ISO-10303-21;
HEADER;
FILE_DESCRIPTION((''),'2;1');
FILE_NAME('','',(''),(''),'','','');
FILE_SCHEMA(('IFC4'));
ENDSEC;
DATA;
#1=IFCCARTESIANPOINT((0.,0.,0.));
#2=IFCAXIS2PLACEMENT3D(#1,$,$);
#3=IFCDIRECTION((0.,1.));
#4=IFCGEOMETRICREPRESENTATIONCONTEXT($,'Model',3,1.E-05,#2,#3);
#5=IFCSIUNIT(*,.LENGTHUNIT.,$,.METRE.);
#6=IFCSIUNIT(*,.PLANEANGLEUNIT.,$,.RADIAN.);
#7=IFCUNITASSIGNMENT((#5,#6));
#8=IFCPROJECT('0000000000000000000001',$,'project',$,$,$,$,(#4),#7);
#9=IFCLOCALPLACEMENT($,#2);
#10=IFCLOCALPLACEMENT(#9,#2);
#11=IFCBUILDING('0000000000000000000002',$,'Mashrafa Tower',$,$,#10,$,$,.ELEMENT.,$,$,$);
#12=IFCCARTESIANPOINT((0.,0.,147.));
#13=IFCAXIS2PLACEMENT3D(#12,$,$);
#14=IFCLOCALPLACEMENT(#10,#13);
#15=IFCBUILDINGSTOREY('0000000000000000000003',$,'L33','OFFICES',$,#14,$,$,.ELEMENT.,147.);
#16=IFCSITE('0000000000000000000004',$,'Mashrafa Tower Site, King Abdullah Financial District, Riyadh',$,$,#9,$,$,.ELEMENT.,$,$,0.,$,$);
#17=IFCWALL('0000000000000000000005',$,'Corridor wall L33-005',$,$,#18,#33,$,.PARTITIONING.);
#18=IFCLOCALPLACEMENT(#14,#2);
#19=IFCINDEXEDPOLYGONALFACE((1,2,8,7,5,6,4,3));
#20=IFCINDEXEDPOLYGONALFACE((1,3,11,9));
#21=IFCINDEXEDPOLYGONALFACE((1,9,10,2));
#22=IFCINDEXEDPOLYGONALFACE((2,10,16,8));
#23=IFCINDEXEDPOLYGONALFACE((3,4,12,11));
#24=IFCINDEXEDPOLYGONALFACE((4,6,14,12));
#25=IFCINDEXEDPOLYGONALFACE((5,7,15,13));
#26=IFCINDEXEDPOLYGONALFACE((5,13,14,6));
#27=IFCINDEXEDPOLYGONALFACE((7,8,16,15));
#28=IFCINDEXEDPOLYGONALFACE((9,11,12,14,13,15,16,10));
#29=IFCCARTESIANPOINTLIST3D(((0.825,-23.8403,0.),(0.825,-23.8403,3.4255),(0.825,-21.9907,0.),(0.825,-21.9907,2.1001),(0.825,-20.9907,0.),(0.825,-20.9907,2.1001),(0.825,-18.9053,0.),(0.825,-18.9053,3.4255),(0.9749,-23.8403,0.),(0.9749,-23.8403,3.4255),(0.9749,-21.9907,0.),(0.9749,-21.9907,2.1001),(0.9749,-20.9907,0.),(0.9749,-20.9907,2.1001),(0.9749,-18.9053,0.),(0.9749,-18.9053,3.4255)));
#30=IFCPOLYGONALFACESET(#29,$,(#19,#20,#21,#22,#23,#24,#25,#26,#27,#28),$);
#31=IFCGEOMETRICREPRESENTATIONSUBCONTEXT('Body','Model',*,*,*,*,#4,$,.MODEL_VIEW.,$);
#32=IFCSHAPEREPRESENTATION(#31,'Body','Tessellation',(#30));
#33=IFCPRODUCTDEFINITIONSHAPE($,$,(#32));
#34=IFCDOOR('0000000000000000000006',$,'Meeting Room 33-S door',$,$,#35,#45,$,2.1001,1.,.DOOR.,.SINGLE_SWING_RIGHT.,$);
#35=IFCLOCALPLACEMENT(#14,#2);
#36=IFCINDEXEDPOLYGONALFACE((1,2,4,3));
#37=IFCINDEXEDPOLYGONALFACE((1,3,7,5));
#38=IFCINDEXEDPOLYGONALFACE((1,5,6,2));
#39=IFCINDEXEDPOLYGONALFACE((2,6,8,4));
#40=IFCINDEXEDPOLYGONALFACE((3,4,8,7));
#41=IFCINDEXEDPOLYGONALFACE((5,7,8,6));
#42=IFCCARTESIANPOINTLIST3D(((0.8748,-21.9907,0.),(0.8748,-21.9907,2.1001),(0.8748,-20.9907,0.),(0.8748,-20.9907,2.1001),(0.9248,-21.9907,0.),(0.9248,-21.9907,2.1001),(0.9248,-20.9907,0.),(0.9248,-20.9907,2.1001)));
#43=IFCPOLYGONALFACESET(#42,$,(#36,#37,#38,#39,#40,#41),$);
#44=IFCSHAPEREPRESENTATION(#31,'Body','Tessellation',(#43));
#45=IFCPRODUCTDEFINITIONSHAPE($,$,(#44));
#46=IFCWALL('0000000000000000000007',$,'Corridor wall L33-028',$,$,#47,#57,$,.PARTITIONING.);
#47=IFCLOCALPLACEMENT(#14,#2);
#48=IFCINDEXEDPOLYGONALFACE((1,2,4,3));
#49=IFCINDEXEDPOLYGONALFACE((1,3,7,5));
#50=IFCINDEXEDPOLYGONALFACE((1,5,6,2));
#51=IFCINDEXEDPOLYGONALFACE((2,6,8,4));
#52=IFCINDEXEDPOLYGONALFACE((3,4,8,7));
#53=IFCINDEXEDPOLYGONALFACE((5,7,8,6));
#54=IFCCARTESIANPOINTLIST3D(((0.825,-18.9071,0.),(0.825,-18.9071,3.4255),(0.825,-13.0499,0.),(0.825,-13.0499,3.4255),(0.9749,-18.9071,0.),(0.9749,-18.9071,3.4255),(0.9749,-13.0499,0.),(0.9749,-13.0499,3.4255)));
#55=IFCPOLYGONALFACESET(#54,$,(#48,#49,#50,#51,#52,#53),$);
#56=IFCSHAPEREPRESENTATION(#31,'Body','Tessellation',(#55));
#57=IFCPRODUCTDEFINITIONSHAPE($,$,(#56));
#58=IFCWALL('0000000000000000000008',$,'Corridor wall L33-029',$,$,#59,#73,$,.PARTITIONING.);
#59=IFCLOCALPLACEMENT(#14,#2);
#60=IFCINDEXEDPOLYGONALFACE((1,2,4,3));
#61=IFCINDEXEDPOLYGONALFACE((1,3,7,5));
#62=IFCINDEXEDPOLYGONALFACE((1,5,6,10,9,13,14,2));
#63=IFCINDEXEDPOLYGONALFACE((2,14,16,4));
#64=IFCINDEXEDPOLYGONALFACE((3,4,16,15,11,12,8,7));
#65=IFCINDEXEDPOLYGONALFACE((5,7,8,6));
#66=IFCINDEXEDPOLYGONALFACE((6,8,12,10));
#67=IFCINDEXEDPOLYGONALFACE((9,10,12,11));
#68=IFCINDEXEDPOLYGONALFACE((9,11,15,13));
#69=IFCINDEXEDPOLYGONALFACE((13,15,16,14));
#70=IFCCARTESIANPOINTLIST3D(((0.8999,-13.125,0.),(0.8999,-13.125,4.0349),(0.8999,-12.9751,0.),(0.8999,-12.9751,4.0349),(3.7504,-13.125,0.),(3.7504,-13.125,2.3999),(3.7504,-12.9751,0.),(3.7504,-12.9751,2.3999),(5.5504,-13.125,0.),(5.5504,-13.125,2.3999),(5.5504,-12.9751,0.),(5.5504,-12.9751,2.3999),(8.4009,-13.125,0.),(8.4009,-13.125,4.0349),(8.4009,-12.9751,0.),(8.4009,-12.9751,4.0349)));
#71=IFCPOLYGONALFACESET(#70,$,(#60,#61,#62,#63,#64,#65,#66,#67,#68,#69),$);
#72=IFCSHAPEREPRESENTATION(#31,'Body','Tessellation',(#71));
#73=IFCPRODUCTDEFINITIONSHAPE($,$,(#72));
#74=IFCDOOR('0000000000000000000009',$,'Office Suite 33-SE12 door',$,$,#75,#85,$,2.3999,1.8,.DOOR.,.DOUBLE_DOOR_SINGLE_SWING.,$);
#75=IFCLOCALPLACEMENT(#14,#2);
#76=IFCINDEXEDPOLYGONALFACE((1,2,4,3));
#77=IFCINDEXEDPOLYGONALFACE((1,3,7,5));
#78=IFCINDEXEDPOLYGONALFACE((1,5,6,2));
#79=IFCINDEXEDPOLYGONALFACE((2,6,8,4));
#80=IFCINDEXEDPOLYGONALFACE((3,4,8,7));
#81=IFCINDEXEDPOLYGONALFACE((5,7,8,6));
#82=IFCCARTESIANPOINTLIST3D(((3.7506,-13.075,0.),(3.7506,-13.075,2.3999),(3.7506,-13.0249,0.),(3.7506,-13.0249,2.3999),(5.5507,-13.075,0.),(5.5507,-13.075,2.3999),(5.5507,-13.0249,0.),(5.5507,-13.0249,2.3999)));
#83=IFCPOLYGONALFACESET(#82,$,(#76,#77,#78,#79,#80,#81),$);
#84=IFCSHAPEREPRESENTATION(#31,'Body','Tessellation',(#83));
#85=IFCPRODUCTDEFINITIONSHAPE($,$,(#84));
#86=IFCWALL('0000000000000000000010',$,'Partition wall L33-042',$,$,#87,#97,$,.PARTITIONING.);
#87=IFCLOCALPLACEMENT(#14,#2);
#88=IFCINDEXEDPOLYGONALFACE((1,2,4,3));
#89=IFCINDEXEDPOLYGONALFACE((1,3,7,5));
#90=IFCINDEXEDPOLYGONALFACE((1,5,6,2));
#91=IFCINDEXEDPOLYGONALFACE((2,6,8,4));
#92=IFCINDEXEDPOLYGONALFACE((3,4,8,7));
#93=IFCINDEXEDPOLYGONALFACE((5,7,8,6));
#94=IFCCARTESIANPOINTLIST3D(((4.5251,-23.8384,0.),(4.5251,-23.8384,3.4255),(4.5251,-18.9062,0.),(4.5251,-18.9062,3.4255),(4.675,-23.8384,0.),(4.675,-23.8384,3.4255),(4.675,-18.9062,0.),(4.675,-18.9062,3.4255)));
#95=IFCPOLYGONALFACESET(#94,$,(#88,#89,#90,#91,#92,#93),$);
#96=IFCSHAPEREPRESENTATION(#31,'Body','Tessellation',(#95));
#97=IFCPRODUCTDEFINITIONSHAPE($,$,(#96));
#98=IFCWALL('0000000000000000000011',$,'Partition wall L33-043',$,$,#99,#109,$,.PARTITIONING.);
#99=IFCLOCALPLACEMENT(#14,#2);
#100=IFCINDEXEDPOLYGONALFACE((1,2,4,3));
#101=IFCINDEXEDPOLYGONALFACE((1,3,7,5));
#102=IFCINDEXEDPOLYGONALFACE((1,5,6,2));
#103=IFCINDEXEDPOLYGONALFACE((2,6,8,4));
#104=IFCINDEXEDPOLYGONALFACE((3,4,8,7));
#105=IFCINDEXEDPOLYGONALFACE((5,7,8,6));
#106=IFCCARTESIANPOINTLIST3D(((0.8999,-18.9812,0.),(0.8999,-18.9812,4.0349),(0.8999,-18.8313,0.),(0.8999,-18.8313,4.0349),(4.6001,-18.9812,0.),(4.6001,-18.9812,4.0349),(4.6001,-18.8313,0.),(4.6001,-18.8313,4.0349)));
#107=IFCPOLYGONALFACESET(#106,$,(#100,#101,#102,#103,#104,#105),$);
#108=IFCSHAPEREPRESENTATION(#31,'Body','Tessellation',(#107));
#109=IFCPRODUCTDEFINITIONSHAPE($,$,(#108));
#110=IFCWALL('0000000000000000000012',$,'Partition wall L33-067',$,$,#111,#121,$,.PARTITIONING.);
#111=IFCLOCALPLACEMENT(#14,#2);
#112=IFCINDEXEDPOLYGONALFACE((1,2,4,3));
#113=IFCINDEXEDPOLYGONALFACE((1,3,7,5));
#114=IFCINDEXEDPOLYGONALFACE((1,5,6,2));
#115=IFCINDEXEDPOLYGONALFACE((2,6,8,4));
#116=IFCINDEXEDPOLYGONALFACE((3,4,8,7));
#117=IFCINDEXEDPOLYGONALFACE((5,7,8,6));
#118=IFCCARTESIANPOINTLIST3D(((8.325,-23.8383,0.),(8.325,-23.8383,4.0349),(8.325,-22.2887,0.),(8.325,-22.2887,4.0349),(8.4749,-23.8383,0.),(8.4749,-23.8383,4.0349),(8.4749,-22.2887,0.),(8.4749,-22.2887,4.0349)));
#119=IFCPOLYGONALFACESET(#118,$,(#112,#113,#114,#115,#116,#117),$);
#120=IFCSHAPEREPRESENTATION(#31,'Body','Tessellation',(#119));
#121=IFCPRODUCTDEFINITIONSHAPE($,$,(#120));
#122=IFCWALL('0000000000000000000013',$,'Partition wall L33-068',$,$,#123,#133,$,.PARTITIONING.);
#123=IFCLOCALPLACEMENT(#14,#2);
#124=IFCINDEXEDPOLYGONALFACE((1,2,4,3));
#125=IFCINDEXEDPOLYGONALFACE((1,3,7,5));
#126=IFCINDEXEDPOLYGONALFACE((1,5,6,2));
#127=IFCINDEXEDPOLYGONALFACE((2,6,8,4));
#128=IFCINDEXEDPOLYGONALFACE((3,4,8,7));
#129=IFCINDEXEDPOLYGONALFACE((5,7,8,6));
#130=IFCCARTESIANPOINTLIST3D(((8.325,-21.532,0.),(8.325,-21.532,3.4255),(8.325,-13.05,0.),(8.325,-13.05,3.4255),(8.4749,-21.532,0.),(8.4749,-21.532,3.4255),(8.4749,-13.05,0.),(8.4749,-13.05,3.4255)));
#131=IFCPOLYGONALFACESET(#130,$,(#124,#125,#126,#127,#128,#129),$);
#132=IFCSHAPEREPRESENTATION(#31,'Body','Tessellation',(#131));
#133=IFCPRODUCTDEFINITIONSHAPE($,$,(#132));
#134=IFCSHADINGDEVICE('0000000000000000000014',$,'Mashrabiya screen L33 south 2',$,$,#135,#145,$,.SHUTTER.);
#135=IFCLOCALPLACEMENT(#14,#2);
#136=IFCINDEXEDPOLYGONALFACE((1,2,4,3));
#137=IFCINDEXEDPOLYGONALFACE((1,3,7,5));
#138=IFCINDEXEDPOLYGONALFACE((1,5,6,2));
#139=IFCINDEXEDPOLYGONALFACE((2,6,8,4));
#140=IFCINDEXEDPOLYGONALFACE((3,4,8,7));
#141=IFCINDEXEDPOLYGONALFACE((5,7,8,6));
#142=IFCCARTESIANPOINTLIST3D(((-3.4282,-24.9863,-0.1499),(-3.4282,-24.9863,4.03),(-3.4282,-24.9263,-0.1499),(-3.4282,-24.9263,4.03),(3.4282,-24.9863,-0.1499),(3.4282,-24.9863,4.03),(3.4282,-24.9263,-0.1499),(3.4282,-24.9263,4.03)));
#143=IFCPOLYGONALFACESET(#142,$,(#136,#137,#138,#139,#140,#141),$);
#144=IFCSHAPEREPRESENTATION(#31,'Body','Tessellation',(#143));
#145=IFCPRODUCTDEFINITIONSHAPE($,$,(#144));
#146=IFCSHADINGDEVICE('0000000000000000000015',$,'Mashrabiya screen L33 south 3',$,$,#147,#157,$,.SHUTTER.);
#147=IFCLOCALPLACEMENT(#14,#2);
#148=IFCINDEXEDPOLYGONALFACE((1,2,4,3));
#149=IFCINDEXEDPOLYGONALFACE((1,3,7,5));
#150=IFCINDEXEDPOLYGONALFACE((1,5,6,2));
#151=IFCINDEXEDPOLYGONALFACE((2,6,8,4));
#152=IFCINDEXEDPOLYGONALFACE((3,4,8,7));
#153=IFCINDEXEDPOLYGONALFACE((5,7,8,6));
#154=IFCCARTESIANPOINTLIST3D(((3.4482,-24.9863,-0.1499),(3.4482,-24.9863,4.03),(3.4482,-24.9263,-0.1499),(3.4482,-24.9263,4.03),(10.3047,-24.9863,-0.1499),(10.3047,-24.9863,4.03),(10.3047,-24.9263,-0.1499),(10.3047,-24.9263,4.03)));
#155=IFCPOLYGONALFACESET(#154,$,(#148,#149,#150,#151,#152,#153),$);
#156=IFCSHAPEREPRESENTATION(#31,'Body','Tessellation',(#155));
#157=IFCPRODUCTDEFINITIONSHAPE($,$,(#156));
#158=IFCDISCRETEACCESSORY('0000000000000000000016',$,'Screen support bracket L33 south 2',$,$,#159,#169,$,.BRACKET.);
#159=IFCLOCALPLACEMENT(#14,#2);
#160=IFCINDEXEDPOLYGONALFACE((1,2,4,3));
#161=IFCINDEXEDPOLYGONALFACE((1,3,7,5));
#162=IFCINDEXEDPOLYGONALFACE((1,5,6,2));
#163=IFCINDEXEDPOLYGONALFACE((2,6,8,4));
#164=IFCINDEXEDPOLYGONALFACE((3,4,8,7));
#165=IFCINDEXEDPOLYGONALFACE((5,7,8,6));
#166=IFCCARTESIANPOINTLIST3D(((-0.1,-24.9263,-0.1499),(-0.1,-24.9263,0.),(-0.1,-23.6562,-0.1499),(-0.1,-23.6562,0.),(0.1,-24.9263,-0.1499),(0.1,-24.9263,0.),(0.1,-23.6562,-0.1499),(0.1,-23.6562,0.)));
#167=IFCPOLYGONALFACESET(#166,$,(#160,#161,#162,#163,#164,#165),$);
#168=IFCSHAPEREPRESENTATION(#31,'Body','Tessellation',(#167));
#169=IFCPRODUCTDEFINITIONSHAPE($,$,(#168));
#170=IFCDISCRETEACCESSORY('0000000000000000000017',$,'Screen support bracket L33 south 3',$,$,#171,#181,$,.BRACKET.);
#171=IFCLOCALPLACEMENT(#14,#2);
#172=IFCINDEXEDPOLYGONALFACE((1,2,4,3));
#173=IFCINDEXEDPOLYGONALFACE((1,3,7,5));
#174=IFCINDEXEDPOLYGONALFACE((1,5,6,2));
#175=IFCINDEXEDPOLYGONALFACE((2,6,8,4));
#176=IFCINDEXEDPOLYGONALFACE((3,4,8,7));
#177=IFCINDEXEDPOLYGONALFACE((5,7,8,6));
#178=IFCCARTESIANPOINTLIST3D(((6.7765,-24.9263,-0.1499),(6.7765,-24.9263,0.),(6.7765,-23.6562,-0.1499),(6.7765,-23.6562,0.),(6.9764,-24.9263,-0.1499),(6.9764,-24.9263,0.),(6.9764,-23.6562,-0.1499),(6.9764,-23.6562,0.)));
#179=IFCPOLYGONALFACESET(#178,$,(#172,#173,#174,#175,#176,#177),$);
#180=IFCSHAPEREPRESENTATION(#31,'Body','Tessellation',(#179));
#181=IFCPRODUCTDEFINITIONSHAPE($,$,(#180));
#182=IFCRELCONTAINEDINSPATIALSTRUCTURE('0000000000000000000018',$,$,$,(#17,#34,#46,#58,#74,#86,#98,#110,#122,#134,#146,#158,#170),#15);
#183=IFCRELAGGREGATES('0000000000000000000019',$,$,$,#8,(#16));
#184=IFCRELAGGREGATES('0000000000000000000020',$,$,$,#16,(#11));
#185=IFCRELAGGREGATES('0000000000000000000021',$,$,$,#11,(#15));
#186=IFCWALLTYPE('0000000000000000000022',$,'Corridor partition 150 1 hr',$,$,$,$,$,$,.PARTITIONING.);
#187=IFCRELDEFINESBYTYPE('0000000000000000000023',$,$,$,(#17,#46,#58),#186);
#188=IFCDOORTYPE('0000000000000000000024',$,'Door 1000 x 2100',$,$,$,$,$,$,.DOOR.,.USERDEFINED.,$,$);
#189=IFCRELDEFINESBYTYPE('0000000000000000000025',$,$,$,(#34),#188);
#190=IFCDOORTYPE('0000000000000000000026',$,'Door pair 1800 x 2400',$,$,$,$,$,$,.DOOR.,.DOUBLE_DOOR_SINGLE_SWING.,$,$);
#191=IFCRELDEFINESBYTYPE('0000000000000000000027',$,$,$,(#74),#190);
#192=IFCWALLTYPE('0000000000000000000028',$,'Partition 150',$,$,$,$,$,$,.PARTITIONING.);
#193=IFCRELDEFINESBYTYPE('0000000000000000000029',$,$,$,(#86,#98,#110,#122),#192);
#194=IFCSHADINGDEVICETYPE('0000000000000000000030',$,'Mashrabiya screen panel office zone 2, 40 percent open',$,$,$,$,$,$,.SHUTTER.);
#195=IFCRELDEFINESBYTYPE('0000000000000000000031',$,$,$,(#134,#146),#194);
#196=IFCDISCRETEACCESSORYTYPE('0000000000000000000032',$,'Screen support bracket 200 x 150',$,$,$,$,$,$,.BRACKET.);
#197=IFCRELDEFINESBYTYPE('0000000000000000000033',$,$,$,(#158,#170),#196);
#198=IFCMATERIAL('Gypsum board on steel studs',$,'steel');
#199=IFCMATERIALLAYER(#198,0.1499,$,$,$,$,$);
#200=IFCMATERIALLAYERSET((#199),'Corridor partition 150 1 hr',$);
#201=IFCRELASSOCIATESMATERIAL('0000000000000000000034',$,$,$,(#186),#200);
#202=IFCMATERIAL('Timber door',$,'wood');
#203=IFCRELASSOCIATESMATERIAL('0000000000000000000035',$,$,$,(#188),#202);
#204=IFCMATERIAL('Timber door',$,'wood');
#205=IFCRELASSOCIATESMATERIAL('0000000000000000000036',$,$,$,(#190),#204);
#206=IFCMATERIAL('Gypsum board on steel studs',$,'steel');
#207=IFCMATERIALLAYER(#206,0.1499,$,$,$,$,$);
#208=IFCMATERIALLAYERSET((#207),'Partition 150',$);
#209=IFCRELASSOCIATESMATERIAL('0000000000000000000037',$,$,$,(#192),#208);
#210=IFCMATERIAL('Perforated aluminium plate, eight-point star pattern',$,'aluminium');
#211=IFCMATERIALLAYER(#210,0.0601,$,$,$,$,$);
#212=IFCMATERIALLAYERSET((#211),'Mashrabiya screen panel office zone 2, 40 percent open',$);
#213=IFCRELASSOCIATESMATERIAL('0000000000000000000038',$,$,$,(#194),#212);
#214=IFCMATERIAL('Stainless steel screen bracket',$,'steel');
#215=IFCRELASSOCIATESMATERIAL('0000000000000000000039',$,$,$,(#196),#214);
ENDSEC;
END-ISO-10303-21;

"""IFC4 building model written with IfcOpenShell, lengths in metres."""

from ifc_helpers import new_model, si_unit, direction, frame, frame_2d, origin, origin_2d, place, context, subcontext, project, spatial, rectangle, extrude, source, transform, mapped, material, layer, layer_set, type_object, type_shapes, element, fill, save


model = new_model("IFC4")

# Units and contexts
model_context = context("Model", 3, precision=1e-05, world=origin(), true_north=direction((0.0, 1.0)))
body_context = subcontext(model_context, "Body", "Model", "MODEL_VIEW")
ifc_project = project(units=[si_unit("LENGTHUNIT", "METRE"), si_unit("PLANEANGLEUNIT", "RADIAN")], contexts=[model_context])

# Site, building, storey
site_placement = place(None, origin())
site = spatial("IfcSite", under=ifc_project, at=site_placement, Name="Mashrafa Tower Site, King Abdullah Financial District, Riyadh", CompositionType="ELEMENT", RefElevation=0.0)
building_placement = place(site_placement, origin())
building = spatial("IfcBuilding", under=site, at=building_placement, Name="Mashrafa Tower", CompositionType="ELEMENT")
storey_placement = place(building_placement, frame((0.0, 0.0, 147.0)))
storey = spatial("IfcBuildingStorey", under=building, at=storey_placement, Name="L33", Description="OFFICES", CompositionType="ELEMENT", Elevation=147.0)

# Wall, opening, door
ifc_material_1 = material(Name="Gypsum board on steel studs", Category="steel")
ifc_layer_1 = layer(ifc_material_1, 0.1499)
ifc_layer_set_1 = layer_set([ifc_layer_1], Name="Corridor partition 150 1 hr")
wall_type_1 = type_object("IfcWallType", Name="Corridor partition 150 1 hr", PredefinedType="PARTITIONING", material=ifc_layer_set_1)
wall_1_placement = place(storey_placement, frame((0.8999, -23.8403, 0.0), z_axis=(0.0, 0.0, 1.0), x_axis=(0.0, 1.0, 0.0)))
wall_1 = element("IfcWall", 1, at=wall_1_placement, inside=storey, type_object=wall_type_1, Name="Corridor wall L33-005", PredefinedType="PARTITIONING", context=body_context, shape_type="SweptSolid", body=[
    extrude(rectangle(XDim=4.9351, YDim=0.1499, at=frame_2d((2.4675, 0.0))), origin(), (0.0, 0.0, 1.0), 3.4255),
])
opening_1_placement = place(wall_1_placement, frame((1.8496, 0.0, 0.0)))
opening_1 = element("IfcOpeningElement", 2, at=opening_1_placement, cuts=wall_1, PredefinedType="OPENING", context=body_context, shape_type="SweptSolid", body=[
    extrude(rectangle(XDim=1.0, YDim=2.1001, at=frame_2d((0.5, 1.05))), frame((0.0, 0.085, 0.0), z_axis=(0.0, -1.0, 0.0), x_axis=(1.0, 0.0, 0.0)), (0.0, 0.0, 1.0), 0.1699),
])
ifc_material_2 = material(Name="Timber door", Category="wood")
door_type_1 = type_object("IfcDoorType", Name="Door 1000 x 2100", OperationType="USERDEFINED", PredefinedType="DOOR", material=ifc_material_2)
door_1_placement = place(opening_1_placement, frame((1.0, 0.0, 0.0), z_axis=(0.0, 0.0, 1.0), x_axis=(-1.0, 0.0, 0.0)))
door_1 = element("IfcDoor", 3, at=door_1_placement, inside=storey, type_object=door_type_1, Name="Meeting Room 33-S door", OperationType="SINGLE_SWING_RIGHT", OverallHeight=2.1001, OverallWidth=1.0, PredefinedType="DOOR", context=body_context, shape_type="SweptSolid", body=[
    extrude(rectangle(XDim=1.0, YDim=2.1001, at=frame_2d((0.5, 1.05))), frame((0.0, 0.0249, 0.0), z_axis=(0.0, -1.0, 0.0), x_axis=(1.0, 0.0, 0.0)), (0.0, 0.0, 1.0), 0.05),
])
fill(opening_1, door_1)

# Wall
wall_2_placement = place(storey_placement, frame((0.8999, -18.9072, 0.0), z_axis=(0.0, 0.0, 1.0), x_axis=(0.0, 1.0, 0.0)))
element("IfcWall", 4, at=wall_2_placement, inside=storey, type_object=wall_type_1, Name="Corridor wall L33-028", PredefinedType="PARTITIONING", context=body_context, shape_type="SweptSolid", body=[
    extrude(rectangle(XDim=5.8572, YDim=0.1499, at=frame_2d((2.9287, 0.0))), origin(), (0.0, 0.0, 1.0), 3.4255),
])

# Wall, opening, door
wall_3_placement = place(storey_placement, frame((0.8999, -13.05, 0.0), z_axis=(0.0, 0.0, 1.0), x_axis=(1.0, 0.0, 0.0)))
wall_3 = element("IfcWall", 5, at=wall_3_placement, inside=storey, type_object=wall_type_1, Name="Corridor wall L33-029", PredefinedType="PARTITIONING", context=body_context, shape_type="SweptSolid", body=[
    extrude(rectangle(XDim=7.501, YDim=0.1499, at=frame_2d((3.7505, 0.0))), origin(), (0.0, 0.0, 1.0), 4.0349),
])
opening_2_placement = place(wall_3_placement, frame((2.8506, 0.0, 0.0)))
opening_2 = element("IfcOpeningElement", 6, at=opening_2_placement, cuts=wall_3, PredefinedType="OPENING", context=body_context, shape_type="SweptSolid", body=[
    extrude(rectangle(XDim=1.8, YDim=2.3999, at=frame_2d((0.8999, 1.2))), frame((0.0, 0.085, 0.0), z_axis=(0.0, -1.0, 0.0), x_axis=(1.0, 0.0, 0.0)), (0.0, 0.0, 1.0), 0.1699),
])
ifc_material_3 = material(Name="Timber door", Category="wood")
door_type_2 = type_object("IfcDoorType", Name="Door pair 1800 x 2400", OperationType="DOUBLE_DOOR_SINGLE_SWING", PredefinedType="DOOR", material=ifc_material_3)
door_2_placement = place(opening_2_placement, frame((1.8, 0.0, 0.0), z_axis=(0.0, 0.0, 1.0), x_axis=(-1.0, 0.0, 0.0)))
door_2 = element("IfcDoor", 7, at=door_2_placement, inside=storey, type_object=door_type_2, Name="Office Suite 33-SE12 door", OperationType="DOUBLE_DOOR_SINGLE_SWING", OverallHeight=2.3999, OverallWidth=1.8, PredefinedType="DOOR", context=body_context, shape_type="SweptSolid", body=[
    extrude(rectangle(XDim=1.8, YDim=2.3999, at=frame_2d((0.8999, 1.2))), frame((0.0, 0.0249, 0.0), z_axis=(0.0, -1.0, 0.0), x_axis=(1.0, 0.0, 0.0)), (0.0, 0.0, 1.0), 0.05),
])
fill(opening_2, door_2)

# Walls
ifc_material_4 = material(Name="Gypsum board on steel studs", Category="steel")
ifc_layer_2 = layer(ifc_material_4, 0.1499)
ifc_layer_set_2 = layer_set([ifc_layer_2], Name="Partition 150")
wall_type_2 = type_object("IfcWallType", Name="Partition 150", PredefinedType="PARTITIONING", material=ifc_layer_set_2)
wall_4_placement = place(storey_placement, frame((4.6001, -23.8384, 0.0), z_axis=(0.0, 0.0, 1.0), x_axis=(0.0, 1.0, 0.0)))
element("IfcWall", 8, at=wall_4_placement, inside=storey, type_object=wall_type_2, Name="Partition wall L33-042", PredefinedType="PARTITIONING", context=body_context, shape_type="SweptSolid", body=[
    extrude(rectangle(XDim=4.9321, YDim=0.1499, at=frame_2d((2.4661, 0.0))), origin(), (0.0, 0.0, 1.0), 3.4255),
])
wall_5_placement = place(storey_placement, frame((4.6001, -18.9062, 0.0), z_axis=(0.0, 0.0, 1.0), x_axis=(-1.0, 0.0, 0.0)))
element("IfcWall", 9, at=wall_5_placement, inside=storey, type_object=wall_type_2, Name="Partition wall L33-043", PredefinedType="PARTITIONING", context=body_context, shape_type="SweptSolid", body=[
    extrude(rectangle(XDim=3.7002, YDim=0.1499, at=frame_2d((1.8501, 0.0))), origin(), (0.0, 0.0, 1.0), 4.0349),
])
wall_6_placement = place(storey_placement, frame((8.3999, -23.8384, 0.0), z_axis=(0.0, 0.0, 1.0), x_axis=(0.0, 1.0, 0.0)))
element("IfcWall", 10, at=wall_6_placement, inside=storey, type_object=wall_type_2, Name="Partition wall L33-067", PredefinedType="PARTITIONING", context=body_context, shape_type="SweptSolid", body=[
    extrude(rectangle(XDim=1.5496, YDim=0.1499, at=frame_2d((0.7749, 0.0))), origin(), (0.0, 0.0, 1.0), 4.0349),
])
wall_7_placement = place(storey_placement, frame((8.3999, -21.532, 0.0), z_axis=(0.0, 0.0, 1.0), x_axis=(0.0, 1.0, 0.0)))
element("IfcWall", 11, at=wall_7_placement, inside=storey, type_object=wall_type_2, Name="Partition wall L33-068", PredefinedType="PARTITIONING", context=body_context, shape_type="SweptSolid", body=[
    extrude(rectangle(XDim=8.4819, YDim=0.1499, at=frame_2d((4.241, 0.0))), origin(), (0.0, 0.0, 1.0), 3.4255),
])

# Shading devices
ifc_material_5 = material(Name="Perforated aluminium plate, eight-point star pattern", Category="aluminium")
ifc_layer_3 = layer(ifc_material_5, 0.0601)
ifc_layer_set_3 = layer_set([ifc_layer_3], Name="Mashrabiya screen panel office zone 2, 40 percent open")
shading_device_type = type_object("IfcShadingDeviceType", Name="Mashrabiya screen panel office zone 2, 40 percent open", PredefinedType="SHUTTER", material=ifc_layer_set_3)
shared_shape_1 = source(origin(), body_context, "Body", "SweptSolid", [
    extrude(rectangle(XDim=6.8564, YDim=0.0601, at=origin_2d()), origin(), (0.0, 0.0, 1.0), 4.1799),
])
type_shapes(shading_device_type, [shared_shape_1])
for number, where, z_axis, x_axis, name in (
    (12, (0.0, -24.9563, -0.1499), (0.0, 0.0, 1.0), (1.0, 0.0, 0.0), "Mashrabiya screen L33 south 2"),
    (13, (6.8765, -24.9563, -0.1499), (0.0, 0.0, 1.0), (1.0, 0.0, 0.0), "Mashrabiya screen L33 south 3"),
):
    element("IfcShadingDevice", number, at=place(storey_placement, frame(where, z_axis=z_axis, x_axis=x_axis)), inside=storey, type_object=shading_device_type, Name=name, PredefinedType="SHUTTER", context=body_context, shape_type="MappedRepresentation", body=[
        mapped(shared_shape_1, transform((0.0, 0.0, 0.0))),
    ])

# Discrete accessories
ifc_material_6 = material(Name="Stainless steel screen bracket", Category="steel")
discrete_accessory_type = type_object("IfcDiscreteAccessoryType", Name="Screen support bracket 200 x 150", PredefinedType="BRACKET", material=ifc_material_6)
shared_shape_2 = source(origin(), body_context, "Body", "SweptSolid", [
    extrude(rectangle(XDim=0.2, YDim=1.27, at=origin_2d()), origin(), (0.0, 0.0, 1.0), 0.1499),
])
type_shapes(discrete_accessory_type, [shared_shape_2])
for number, where, z_axis, x_axis, name in (
    (14, (0.0, -24.2913, -0.1499), (0.0, 0.0, 1.0), (1.0, 0.0, 0.0), "Screen support bracket L33 south 2"),
    (15, (6.8765, -24.2913, -0.1499), (0.0, 0.0, 1.0), (1.0, 0.0, 0.0), "Screen support bracket L33 south 3"),
):
    element("IfcDiscreteAccessory", number, at=place(storey_placement, frame(where, z_axis=z_axis, x_axis=x_axis)), inside=storey, type_object=discrete_accessory_type, Name=name, PredefinedType="BRACKET", context=body_context, shape_type="MappedRepresentation", body=[
        mapped(shared_shape_2, transform((0.0, 0.0, 0.0))),
    ])

save(model, "model.ifc")
